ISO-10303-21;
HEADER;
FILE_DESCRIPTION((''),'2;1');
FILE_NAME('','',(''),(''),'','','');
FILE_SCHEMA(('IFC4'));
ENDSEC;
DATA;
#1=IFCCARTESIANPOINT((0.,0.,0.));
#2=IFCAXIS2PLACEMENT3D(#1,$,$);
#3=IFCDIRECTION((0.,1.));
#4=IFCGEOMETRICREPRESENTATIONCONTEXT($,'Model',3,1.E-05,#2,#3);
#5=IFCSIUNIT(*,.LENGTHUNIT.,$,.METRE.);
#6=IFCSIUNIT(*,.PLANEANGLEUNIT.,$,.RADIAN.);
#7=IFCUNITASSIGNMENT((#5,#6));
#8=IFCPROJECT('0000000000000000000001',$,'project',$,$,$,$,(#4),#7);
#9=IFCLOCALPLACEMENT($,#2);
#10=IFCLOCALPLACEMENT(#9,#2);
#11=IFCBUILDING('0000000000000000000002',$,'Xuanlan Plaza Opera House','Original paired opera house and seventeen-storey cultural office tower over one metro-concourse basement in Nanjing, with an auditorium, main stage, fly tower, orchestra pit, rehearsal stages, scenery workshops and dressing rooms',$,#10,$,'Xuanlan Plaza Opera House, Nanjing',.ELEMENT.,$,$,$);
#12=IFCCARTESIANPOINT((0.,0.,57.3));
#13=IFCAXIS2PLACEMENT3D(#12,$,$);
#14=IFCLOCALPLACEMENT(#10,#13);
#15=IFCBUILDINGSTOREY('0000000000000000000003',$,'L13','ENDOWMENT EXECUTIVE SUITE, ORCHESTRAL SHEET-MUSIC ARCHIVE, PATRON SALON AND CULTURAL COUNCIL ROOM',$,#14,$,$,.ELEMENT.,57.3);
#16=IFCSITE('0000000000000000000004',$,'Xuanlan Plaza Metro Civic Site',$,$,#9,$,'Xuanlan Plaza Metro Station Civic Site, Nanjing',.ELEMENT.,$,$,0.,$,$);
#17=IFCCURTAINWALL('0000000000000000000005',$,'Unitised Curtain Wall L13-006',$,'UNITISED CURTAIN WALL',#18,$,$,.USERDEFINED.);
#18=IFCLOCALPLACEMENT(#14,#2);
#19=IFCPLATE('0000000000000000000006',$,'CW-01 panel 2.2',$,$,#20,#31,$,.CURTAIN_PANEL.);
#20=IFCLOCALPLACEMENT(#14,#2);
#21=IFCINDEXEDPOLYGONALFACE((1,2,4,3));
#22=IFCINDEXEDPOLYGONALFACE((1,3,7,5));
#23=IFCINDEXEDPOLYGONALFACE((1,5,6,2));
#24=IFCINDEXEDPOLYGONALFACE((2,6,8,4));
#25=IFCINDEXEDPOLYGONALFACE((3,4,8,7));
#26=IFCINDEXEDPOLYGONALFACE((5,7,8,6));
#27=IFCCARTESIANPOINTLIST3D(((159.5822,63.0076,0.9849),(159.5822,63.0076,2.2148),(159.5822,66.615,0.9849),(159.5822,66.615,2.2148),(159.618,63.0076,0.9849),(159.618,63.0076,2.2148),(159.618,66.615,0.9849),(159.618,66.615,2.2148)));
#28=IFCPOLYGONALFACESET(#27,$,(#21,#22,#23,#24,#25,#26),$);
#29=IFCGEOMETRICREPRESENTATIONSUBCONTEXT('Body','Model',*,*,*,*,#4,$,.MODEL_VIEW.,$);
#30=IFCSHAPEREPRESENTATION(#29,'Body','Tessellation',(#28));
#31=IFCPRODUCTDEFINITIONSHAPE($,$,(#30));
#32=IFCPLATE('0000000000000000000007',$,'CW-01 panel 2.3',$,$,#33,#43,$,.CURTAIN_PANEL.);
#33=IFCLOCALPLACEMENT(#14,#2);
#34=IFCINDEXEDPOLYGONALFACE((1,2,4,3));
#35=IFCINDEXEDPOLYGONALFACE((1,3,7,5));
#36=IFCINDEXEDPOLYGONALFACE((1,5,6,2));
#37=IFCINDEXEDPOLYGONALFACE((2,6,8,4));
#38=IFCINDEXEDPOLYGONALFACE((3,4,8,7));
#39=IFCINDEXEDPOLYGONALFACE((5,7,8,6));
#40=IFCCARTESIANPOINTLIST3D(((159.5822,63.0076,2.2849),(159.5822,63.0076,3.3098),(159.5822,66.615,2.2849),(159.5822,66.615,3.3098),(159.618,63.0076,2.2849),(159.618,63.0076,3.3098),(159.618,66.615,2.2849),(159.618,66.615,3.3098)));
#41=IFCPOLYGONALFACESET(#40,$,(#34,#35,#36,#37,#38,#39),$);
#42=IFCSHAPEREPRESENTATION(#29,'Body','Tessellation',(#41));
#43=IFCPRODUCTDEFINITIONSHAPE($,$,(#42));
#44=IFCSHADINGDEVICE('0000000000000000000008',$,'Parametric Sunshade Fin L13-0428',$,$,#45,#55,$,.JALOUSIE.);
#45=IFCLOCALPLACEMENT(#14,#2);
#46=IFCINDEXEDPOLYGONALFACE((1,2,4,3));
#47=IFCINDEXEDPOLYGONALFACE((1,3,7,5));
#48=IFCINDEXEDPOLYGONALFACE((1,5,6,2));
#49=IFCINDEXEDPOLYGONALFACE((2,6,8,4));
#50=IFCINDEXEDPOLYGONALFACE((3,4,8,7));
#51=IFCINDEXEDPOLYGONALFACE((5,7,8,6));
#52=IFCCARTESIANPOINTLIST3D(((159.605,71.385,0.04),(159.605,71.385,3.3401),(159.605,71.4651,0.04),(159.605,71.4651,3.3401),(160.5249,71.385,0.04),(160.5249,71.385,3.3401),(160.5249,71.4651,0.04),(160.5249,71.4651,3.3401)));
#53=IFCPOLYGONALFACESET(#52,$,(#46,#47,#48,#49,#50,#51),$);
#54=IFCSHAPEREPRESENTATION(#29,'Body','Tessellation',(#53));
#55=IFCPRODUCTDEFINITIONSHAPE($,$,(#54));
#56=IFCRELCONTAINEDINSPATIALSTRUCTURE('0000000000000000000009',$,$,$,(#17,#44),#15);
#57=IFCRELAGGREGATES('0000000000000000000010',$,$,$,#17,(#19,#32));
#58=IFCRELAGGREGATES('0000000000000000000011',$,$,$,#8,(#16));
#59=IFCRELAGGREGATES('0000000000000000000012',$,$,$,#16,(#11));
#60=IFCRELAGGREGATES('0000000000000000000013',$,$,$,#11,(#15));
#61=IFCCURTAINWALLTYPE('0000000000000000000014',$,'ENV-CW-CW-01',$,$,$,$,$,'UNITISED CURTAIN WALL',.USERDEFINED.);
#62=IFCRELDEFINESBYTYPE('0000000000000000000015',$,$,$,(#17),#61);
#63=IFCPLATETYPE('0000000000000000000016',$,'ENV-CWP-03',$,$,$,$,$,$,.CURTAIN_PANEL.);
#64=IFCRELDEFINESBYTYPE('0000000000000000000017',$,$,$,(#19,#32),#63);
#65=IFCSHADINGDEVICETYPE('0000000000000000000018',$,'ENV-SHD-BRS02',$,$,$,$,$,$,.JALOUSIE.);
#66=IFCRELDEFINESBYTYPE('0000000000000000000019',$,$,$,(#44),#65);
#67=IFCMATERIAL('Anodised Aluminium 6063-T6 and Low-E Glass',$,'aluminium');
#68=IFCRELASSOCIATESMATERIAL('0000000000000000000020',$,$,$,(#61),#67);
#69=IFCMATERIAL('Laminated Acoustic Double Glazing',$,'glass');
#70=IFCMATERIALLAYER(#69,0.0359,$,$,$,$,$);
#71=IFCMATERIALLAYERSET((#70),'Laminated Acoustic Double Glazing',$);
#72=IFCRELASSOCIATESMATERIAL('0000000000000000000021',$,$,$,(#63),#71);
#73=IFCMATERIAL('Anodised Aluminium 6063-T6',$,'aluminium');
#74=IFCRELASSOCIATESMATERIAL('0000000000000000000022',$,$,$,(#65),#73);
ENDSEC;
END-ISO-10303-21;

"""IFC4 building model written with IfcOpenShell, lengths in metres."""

from ifc_helpers import new_model, si_unit, direction, frame, origin, origin_2d, place, context, subcontext, project, spatial, rectangle, extrude, material, layer, layer_set, type_object, element, aggregate, save


model = new_model("IFC4")

# Units and contexts
model_context = context("Model", 3, precision=1e-05, world=origin(), true_north=direction((0.0, 1.0)))
body_context = subcontext(model_context, "Body", "Model", "MODEL_VIEW")
ifc_project = project(units=[si_unit("LENGTHUNIT", "METRE"), si_unit("PLANEANGLEUNIT", "RADIAN")], contexts=[model_context])

# Site, building, storey
site_placement = place(None, origin())
site = spatial("IfcSite", under=ifc_project, at=site_placement, Name="Xuanlan Plaza Metro Civic Site", LongName="Xuanlan Plaza Metro Station Civic Site, Nanjing", CompositionType="ELEMENT", RefElevation=0.0)
building_placement = place(site_placement, origin())
building = spatial("IfcBuilding", under=site, at=building_placement, Name="Xuanlan Plaza Opera House", Description="Original paired opera house and seventeen-storey cultural office tower over one metro-concourse basement in Nanjing, with an auditorium, main stage, fly tower, orchestra pit, rehearsal stages, scenery workshops and dressing rooms", LongName="Xuanlan Plaza Opera House, Nanjing", CompositionType="ELEMENT")
storey_placement = place(building_placement, frame((0.0, 0.0, 57.3)))
storey = spatial("IfcBuildingStorey", under=building, at=storey_placement, Name="L13", Description="ENDOWMENT EXECUTIVE SUITE, ORCHESTRAL SHEET-MUSIC ARCHIVE, PATRON SALON AND CULTURAL COUNCIL ROOM", CompositionType="ELEMENT", Elevation=57.3)

# Curtain wall
ifc_material_1 = material(Name="Anodised Aluminium 6063-T6 and Low-E Glass", Category="aluminium")
curtain_wall_type_1 = type_object("IfcCurtainWallType", Name="ENV-CW-CW-01", ElementType="UNITISED CURTAIN WALL", PredefinedType="USERDEFINED", material=ifc_material_1)
curtain_wall_1_placement = place(storey_placement, origin())
curtain_wall_1 = element("IfcCurtainWall", 1, at=curtain_wall_1_placement, inside=storey, type_object=curtain_wall_type_1, Name="Unitised Curtain Wall L13-006", ObjectType="UNITISED CURTAIN WALL", PredefinedType="USERDEFINED")
ifc_material_2 = material(Name="Anodised Aluminium 6063-T6", Category="aluminium")

# Plates
ifc_material_3 = material(Name="Laminated Acoustic Double Glazing", Category="glass")
ifc_layer_1 = layer(ifc_material_3, 0.0359)
ifc_layer_set_1 = layer_set([ifc_layer_1], Name="Laminated Acoustic Double Glazing")
plate_type_1 = type_object("IfcPlateType", Name="ENV-CWP-03", PredefinedType="CURTAIN_PANEL", material=ifc_layer_set_1)
plate_1_placement = place(storey_placement, frame((159.6001, 64.8113, 0.9849), z_axis=(0.0, 0.0, 1.0), x_axis=(0.0, 1.0, 0.0)))
plate_1 = element("IfcPlate", 2, at=plate_1_placement, type_object=plate_type_1, Name="CW-01 panel 2.2", PredefinedType="CURTAIN_PANEL", context=body_context, shape_type="SweptSolid", body=[
    extrude(rectangle(XDim=3.6074, YDim=0.0359, at=origin_2d()), origin(), (0.0, 0.0, 1.0), 1.23),
])
plate_2_placement = place(storey_placement, frame((159.6001, 64.8113, 2.2849), z_axis=(0.0, 0.0, 1.0), x_axis=(0.0, 1.0, 0.0)))
plate_2 = element("IfcPlate", 3, at=plate_2_placement, type_object=plate_type_1, Name="CW-01 panel 2.3", PredefinedType="CURTAIN_PANEL", context=body_context, shape_type="SweptSolid", body=[
    extrude(rectangle(XDim=3.6074, YDim=0.0359, at=origin_2d()), origin(), (0.0, 0.0, 1.0), 1.0249),
])
aggregate(curtain_wall_1, [plate_1, plate_2])

# Shading device
shading_device_type = type_object("IfcShadingDeviceType", Name="ENV-SHD-BRS02", PredefinedType="JALOUSIE", material=ifc_material_2)
shading_device_placement = place(storey_placement, frame((160.0649, 71.425, 0.04), z_axis=(0.0, 0.0, 1.0), x_axis=(1.0, 0.0, 0.0)))
element("IfcShadingDevice", 4, at=shading_device_placement, inside=storey, type_object=shading_device_type, Name="Parametric Sunshade Fin L13-0428", PredefinedType="JALOUSIE", context=body_context, shape_type="SweptSolid", body=[
    extrude(rectangle(XDim=0.9199, YDim=0.0801, at=origin_2d()), origin(), (0.0, 0.0, 1.0), 3.3),
])

save(model, "model.ifc")
